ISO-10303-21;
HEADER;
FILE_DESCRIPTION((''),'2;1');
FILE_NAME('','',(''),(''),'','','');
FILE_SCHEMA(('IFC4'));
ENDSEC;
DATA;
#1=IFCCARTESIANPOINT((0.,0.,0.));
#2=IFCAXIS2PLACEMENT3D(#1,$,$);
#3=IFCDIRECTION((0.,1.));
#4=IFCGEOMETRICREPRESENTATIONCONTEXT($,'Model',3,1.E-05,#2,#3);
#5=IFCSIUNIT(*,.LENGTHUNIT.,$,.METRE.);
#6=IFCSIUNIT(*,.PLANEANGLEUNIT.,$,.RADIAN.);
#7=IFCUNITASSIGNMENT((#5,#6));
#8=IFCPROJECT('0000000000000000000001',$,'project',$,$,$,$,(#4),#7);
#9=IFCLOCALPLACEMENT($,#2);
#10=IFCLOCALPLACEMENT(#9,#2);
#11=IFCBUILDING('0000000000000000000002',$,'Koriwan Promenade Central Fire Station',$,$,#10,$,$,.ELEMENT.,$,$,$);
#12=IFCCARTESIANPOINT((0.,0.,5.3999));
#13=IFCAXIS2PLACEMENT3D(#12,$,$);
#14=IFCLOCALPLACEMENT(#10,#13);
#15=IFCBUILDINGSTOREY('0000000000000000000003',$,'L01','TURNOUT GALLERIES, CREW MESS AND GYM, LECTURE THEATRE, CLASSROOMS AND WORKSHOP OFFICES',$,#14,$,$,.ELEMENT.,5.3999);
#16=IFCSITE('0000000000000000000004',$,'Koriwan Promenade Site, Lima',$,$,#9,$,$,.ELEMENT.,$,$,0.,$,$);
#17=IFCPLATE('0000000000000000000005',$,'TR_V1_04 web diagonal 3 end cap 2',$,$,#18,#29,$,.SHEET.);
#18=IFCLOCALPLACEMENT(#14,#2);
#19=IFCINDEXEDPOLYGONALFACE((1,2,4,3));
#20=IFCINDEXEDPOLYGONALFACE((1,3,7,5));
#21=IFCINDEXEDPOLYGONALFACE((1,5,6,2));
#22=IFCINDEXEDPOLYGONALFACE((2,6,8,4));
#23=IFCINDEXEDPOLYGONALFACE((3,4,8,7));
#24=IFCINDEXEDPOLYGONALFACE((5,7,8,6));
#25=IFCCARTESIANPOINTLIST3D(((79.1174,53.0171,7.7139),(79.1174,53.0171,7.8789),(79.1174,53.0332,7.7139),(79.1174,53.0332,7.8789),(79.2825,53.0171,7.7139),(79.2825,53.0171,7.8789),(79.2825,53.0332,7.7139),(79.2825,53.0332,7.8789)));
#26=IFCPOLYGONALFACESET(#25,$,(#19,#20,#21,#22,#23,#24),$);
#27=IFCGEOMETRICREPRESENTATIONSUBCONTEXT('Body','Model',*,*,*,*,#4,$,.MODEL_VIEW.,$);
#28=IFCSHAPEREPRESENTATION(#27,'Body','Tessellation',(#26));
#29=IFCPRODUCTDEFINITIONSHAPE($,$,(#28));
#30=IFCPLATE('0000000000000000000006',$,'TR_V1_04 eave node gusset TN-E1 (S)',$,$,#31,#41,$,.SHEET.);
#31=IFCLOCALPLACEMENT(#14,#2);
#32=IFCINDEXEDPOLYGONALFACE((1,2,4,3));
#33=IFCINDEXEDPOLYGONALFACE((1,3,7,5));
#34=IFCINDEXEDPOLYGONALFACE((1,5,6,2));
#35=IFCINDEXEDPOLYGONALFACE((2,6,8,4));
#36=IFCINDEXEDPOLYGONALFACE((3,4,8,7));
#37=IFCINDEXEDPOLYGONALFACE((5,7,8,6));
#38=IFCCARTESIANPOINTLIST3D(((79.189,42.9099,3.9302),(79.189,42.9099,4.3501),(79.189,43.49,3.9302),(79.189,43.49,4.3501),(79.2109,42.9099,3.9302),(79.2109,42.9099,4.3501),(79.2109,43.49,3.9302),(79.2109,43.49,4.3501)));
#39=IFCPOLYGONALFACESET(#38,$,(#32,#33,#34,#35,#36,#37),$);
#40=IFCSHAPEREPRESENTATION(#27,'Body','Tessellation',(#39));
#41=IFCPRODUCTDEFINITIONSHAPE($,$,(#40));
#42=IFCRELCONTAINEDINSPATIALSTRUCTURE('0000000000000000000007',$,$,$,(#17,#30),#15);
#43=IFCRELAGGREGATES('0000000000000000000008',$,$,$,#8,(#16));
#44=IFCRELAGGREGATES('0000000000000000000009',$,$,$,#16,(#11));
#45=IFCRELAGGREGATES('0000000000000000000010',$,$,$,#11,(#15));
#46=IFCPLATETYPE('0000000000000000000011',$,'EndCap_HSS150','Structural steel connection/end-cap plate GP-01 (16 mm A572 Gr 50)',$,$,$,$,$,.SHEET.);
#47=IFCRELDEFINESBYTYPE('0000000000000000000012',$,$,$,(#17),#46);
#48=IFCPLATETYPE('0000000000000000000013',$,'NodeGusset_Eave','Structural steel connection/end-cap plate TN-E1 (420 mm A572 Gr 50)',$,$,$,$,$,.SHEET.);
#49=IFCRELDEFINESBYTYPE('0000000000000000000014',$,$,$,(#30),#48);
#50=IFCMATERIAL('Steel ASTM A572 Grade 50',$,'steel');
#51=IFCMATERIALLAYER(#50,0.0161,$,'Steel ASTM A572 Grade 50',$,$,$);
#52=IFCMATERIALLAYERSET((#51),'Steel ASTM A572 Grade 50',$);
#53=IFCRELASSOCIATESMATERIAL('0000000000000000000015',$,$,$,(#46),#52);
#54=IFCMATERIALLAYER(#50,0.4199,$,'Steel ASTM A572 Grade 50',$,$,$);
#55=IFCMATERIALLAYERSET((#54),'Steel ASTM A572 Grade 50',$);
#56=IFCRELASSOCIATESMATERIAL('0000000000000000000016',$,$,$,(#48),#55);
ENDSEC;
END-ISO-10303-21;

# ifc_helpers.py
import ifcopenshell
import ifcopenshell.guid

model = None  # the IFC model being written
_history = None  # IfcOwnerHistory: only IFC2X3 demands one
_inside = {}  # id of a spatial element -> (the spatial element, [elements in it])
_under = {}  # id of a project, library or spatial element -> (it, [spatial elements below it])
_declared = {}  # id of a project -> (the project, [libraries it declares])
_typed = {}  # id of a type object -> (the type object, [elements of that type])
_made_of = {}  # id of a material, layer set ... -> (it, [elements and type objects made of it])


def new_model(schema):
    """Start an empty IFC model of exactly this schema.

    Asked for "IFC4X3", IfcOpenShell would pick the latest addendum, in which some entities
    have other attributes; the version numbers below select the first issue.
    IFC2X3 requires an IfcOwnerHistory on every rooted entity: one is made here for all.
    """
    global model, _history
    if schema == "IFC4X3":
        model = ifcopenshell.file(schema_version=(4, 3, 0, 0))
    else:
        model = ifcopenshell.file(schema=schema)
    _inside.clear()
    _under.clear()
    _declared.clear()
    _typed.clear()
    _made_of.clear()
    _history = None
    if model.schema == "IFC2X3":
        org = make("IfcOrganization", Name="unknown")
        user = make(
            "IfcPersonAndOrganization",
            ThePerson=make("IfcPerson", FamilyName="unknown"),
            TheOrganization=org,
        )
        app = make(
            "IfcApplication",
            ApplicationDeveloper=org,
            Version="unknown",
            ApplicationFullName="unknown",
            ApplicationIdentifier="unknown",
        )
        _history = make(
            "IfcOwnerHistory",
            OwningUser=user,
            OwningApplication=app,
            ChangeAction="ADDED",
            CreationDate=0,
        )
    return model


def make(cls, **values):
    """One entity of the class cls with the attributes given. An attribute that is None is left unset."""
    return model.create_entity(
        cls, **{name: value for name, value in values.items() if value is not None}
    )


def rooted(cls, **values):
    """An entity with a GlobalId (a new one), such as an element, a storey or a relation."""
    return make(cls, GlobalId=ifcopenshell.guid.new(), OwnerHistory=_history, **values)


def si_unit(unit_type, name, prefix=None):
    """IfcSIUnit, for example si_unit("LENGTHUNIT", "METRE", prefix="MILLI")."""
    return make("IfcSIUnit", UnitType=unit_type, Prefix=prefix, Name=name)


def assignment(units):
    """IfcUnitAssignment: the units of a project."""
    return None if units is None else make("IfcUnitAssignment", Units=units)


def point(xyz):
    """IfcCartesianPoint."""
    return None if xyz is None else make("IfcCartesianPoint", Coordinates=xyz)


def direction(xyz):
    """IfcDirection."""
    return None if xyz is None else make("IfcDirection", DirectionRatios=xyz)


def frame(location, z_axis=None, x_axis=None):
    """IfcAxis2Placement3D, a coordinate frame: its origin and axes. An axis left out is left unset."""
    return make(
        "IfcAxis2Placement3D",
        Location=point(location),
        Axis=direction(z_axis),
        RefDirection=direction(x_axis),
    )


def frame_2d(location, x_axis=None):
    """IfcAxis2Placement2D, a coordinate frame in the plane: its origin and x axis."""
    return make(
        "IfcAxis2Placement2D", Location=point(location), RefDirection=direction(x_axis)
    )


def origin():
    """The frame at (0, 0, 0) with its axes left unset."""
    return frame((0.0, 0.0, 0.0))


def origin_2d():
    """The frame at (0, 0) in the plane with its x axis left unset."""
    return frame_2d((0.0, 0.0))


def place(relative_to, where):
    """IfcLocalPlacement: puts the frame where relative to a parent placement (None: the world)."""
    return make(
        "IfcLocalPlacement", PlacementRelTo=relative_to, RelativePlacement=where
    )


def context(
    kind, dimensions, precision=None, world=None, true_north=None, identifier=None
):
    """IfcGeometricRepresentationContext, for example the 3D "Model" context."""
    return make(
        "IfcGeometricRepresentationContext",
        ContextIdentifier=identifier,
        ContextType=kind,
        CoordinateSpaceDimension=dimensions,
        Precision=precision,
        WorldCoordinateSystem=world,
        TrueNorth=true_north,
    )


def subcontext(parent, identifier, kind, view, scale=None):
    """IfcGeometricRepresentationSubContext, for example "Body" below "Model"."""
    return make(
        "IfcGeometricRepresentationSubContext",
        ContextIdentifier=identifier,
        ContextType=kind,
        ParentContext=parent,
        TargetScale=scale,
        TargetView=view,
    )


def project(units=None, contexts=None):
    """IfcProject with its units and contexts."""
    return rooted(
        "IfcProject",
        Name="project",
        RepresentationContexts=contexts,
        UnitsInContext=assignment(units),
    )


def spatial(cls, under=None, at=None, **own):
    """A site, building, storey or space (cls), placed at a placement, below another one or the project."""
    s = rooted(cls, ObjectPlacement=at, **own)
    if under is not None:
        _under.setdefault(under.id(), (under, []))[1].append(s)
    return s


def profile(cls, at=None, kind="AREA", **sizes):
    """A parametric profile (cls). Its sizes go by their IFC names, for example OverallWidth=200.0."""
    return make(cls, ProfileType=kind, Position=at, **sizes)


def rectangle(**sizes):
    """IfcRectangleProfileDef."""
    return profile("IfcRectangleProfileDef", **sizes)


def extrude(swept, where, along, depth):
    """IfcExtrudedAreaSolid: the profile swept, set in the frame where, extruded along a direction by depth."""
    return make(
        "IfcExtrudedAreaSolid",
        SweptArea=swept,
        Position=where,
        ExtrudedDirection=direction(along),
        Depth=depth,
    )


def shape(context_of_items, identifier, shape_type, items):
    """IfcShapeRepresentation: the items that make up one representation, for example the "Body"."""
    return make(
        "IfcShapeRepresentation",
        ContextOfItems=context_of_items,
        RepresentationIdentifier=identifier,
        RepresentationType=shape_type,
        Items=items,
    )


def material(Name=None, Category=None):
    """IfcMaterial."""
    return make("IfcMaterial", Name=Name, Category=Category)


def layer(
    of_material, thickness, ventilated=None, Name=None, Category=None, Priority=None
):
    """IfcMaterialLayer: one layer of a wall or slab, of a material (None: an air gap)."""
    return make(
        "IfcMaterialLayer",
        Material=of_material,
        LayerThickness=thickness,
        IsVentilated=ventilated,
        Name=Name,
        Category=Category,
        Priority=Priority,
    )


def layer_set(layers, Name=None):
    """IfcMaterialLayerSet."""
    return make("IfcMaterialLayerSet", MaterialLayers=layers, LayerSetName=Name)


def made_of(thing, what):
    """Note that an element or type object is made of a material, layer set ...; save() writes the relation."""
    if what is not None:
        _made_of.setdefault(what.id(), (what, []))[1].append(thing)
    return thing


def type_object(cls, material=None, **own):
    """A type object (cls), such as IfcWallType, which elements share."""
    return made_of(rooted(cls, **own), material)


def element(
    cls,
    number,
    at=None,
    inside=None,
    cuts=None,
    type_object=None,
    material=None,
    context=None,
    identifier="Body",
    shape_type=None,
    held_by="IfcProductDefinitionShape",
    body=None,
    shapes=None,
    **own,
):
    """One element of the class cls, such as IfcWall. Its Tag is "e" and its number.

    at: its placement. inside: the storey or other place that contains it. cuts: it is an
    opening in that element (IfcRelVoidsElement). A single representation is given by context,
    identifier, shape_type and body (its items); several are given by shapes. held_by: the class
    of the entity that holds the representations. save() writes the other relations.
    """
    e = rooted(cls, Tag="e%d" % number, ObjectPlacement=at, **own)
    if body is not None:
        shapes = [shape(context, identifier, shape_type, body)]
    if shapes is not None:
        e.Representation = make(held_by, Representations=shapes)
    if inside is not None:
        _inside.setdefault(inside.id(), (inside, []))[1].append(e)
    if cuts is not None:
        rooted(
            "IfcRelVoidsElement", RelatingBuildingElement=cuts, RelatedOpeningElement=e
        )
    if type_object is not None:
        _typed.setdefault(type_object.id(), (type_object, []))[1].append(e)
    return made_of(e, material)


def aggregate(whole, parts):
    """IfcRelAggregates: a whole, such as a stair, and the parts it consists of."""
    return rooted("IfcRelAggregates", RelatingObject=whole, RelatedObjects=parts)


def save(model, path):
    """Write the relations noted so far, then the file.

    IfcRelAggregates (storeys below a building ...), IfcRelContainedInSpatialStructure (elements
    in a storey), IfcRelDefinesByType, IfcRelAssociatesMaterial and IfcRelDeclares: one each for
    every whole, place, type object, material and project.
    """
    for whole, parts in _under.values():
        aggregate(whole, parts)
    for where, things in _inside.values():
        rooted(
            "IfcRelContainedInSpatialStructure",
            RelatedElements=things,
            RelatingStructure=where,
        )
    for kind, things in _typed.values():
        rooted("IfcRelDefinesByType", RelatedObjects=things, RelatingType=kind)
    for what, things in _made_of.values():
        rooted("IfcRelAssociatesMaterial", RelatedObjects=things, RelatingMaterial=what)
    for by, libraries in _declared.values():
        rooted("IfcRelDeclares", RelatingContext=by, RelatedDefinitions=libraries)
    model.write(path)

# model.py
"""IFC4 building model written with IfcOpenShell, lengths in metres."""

from ifc_helpers import new_model, si_unit, direction, frame, origin, origin_2d, place, context, subcontext, project, spatial, rectangle, extrude, material, layer, layer_set, type_object, element, save


model = new_model("IFC4")

# Units and contexts
model_context = context("Model", 3, precision=1e-05, world=origin(), true_north=direction((0.0, 1.0)))
body_context = subcontext(model_context, "Body", "Model", "MODEL_VIEW")
ifc_project = project(units=[si_unit("LENGTHUNIT", "METRE"), si_unit("PLANEANGLEUNIT", "RADIAN")], contexts=[model_context])

# Site, building, storey
site_placement = place(None, origin())
site = spatial("IfcSite", under=ifc_project, at=site_placement, Name="Koriwan Promenade Site, Lima", CompositionType="ELEMENT", RefElevation=0.0)
building_placement = place(site_placement, origin())
building = spatial("IfcBuilding", under=site, at=building_placement, Name="Koriwan Promenade Central Fire Station", CompositionType="ELEMENT")
storey_placement = place(building_placement, frame((0.0, 0.0, 5.3999)))
storey = spatial("IfcBuildingStorey", under=building, at=storey_placement, Name="L01", Description="TURNOUT GALLERIES, CREW MESS AND GYM, LECTURE THEATRE, CLASSROOMS AND WORKSHOP OFFICES", CompositionType="ELEMENT", Elevation=5.3999)

# Plates
ifc_material_1 = material(Name="Steel ASTM A572 Grade 50", Category="steel")
ifc_layer_1 = layer(ifc_material_1, 0.0161, Name="Steel ASTM A572 Grade 50")
ifc_layer_set_1 = layer_set([ifc_layer_1], Name="Steel ASTM A572 Grade 50")
plate_type_1 = type_object("IfcPlateType", Name="EndCap_HSS150", Description="Structural steel connection/end-cap plate GP-01 (16 mm A572 Gr 50)", PredefinedType="SHEET", material=ifc_layer_set_1)
for number, where, z_axis, x_axis, name in (
    (1, (79.2, 53.0251, 7.7139), (0.0, 0.0, 1.0), (0.0, 1.0, 0.0), "TR_V1_04 web diagonal 3 end cap 2"),
):
    element("IfcPlate", number, at=place(storey_placement, frame(where, z_axis=z_axis, x_axis=x_axis)), inside=storey, type_object=plate_type_1, Name=name, PredefinedType="SHEET", context=body_context, shape_type="SweptSolid", body=[
        extrude(rectangle(XDim=0.0161, YDim=0.165, at=origin_2d()), origin(), (0.0, 0.0, 1.0), 0.165),
    ])
ifc_layer_2 = layer(ifc_material_1, 0.4199, Name="Steel ASTM A572 Grade 50")
ifc_layer_set_2 = layer_set([ifc_layer_2], Name="Steel ASTM A572 Grade 50")
plate_type_2 = type_object("IfcPlateType", Name="NodeGusset_Eave", Description="Structural steel connection/end-cap plate TN-E1 (420 mm A572 Gr 50)", PredefinedType="SHEET", material=ifc_layer_set_2)
plate_1_placement = place(storey_placement, frame((79.2, 43.2, 3.9302), z_axis=(0.0, 0.0, 1.0), x_axis=(1.0, 0.0, 0.0)))
element("IfcPlate", 2, at=plate_1_placement, inside=storey, type_object=plate_type_2, Name="TR_V1_04 eave node gusset TN-E1 (S)", PredefinedType="SHEET", context=body_context, shape_type="SweptSolid", body=[
    extrude(rectangle(XDim=0.022, YDim=0.5801, at=origin_2d()), origin(), (0.0, 0.0, 1.0), 0.4199),
])

save(model, "model.ifc")
